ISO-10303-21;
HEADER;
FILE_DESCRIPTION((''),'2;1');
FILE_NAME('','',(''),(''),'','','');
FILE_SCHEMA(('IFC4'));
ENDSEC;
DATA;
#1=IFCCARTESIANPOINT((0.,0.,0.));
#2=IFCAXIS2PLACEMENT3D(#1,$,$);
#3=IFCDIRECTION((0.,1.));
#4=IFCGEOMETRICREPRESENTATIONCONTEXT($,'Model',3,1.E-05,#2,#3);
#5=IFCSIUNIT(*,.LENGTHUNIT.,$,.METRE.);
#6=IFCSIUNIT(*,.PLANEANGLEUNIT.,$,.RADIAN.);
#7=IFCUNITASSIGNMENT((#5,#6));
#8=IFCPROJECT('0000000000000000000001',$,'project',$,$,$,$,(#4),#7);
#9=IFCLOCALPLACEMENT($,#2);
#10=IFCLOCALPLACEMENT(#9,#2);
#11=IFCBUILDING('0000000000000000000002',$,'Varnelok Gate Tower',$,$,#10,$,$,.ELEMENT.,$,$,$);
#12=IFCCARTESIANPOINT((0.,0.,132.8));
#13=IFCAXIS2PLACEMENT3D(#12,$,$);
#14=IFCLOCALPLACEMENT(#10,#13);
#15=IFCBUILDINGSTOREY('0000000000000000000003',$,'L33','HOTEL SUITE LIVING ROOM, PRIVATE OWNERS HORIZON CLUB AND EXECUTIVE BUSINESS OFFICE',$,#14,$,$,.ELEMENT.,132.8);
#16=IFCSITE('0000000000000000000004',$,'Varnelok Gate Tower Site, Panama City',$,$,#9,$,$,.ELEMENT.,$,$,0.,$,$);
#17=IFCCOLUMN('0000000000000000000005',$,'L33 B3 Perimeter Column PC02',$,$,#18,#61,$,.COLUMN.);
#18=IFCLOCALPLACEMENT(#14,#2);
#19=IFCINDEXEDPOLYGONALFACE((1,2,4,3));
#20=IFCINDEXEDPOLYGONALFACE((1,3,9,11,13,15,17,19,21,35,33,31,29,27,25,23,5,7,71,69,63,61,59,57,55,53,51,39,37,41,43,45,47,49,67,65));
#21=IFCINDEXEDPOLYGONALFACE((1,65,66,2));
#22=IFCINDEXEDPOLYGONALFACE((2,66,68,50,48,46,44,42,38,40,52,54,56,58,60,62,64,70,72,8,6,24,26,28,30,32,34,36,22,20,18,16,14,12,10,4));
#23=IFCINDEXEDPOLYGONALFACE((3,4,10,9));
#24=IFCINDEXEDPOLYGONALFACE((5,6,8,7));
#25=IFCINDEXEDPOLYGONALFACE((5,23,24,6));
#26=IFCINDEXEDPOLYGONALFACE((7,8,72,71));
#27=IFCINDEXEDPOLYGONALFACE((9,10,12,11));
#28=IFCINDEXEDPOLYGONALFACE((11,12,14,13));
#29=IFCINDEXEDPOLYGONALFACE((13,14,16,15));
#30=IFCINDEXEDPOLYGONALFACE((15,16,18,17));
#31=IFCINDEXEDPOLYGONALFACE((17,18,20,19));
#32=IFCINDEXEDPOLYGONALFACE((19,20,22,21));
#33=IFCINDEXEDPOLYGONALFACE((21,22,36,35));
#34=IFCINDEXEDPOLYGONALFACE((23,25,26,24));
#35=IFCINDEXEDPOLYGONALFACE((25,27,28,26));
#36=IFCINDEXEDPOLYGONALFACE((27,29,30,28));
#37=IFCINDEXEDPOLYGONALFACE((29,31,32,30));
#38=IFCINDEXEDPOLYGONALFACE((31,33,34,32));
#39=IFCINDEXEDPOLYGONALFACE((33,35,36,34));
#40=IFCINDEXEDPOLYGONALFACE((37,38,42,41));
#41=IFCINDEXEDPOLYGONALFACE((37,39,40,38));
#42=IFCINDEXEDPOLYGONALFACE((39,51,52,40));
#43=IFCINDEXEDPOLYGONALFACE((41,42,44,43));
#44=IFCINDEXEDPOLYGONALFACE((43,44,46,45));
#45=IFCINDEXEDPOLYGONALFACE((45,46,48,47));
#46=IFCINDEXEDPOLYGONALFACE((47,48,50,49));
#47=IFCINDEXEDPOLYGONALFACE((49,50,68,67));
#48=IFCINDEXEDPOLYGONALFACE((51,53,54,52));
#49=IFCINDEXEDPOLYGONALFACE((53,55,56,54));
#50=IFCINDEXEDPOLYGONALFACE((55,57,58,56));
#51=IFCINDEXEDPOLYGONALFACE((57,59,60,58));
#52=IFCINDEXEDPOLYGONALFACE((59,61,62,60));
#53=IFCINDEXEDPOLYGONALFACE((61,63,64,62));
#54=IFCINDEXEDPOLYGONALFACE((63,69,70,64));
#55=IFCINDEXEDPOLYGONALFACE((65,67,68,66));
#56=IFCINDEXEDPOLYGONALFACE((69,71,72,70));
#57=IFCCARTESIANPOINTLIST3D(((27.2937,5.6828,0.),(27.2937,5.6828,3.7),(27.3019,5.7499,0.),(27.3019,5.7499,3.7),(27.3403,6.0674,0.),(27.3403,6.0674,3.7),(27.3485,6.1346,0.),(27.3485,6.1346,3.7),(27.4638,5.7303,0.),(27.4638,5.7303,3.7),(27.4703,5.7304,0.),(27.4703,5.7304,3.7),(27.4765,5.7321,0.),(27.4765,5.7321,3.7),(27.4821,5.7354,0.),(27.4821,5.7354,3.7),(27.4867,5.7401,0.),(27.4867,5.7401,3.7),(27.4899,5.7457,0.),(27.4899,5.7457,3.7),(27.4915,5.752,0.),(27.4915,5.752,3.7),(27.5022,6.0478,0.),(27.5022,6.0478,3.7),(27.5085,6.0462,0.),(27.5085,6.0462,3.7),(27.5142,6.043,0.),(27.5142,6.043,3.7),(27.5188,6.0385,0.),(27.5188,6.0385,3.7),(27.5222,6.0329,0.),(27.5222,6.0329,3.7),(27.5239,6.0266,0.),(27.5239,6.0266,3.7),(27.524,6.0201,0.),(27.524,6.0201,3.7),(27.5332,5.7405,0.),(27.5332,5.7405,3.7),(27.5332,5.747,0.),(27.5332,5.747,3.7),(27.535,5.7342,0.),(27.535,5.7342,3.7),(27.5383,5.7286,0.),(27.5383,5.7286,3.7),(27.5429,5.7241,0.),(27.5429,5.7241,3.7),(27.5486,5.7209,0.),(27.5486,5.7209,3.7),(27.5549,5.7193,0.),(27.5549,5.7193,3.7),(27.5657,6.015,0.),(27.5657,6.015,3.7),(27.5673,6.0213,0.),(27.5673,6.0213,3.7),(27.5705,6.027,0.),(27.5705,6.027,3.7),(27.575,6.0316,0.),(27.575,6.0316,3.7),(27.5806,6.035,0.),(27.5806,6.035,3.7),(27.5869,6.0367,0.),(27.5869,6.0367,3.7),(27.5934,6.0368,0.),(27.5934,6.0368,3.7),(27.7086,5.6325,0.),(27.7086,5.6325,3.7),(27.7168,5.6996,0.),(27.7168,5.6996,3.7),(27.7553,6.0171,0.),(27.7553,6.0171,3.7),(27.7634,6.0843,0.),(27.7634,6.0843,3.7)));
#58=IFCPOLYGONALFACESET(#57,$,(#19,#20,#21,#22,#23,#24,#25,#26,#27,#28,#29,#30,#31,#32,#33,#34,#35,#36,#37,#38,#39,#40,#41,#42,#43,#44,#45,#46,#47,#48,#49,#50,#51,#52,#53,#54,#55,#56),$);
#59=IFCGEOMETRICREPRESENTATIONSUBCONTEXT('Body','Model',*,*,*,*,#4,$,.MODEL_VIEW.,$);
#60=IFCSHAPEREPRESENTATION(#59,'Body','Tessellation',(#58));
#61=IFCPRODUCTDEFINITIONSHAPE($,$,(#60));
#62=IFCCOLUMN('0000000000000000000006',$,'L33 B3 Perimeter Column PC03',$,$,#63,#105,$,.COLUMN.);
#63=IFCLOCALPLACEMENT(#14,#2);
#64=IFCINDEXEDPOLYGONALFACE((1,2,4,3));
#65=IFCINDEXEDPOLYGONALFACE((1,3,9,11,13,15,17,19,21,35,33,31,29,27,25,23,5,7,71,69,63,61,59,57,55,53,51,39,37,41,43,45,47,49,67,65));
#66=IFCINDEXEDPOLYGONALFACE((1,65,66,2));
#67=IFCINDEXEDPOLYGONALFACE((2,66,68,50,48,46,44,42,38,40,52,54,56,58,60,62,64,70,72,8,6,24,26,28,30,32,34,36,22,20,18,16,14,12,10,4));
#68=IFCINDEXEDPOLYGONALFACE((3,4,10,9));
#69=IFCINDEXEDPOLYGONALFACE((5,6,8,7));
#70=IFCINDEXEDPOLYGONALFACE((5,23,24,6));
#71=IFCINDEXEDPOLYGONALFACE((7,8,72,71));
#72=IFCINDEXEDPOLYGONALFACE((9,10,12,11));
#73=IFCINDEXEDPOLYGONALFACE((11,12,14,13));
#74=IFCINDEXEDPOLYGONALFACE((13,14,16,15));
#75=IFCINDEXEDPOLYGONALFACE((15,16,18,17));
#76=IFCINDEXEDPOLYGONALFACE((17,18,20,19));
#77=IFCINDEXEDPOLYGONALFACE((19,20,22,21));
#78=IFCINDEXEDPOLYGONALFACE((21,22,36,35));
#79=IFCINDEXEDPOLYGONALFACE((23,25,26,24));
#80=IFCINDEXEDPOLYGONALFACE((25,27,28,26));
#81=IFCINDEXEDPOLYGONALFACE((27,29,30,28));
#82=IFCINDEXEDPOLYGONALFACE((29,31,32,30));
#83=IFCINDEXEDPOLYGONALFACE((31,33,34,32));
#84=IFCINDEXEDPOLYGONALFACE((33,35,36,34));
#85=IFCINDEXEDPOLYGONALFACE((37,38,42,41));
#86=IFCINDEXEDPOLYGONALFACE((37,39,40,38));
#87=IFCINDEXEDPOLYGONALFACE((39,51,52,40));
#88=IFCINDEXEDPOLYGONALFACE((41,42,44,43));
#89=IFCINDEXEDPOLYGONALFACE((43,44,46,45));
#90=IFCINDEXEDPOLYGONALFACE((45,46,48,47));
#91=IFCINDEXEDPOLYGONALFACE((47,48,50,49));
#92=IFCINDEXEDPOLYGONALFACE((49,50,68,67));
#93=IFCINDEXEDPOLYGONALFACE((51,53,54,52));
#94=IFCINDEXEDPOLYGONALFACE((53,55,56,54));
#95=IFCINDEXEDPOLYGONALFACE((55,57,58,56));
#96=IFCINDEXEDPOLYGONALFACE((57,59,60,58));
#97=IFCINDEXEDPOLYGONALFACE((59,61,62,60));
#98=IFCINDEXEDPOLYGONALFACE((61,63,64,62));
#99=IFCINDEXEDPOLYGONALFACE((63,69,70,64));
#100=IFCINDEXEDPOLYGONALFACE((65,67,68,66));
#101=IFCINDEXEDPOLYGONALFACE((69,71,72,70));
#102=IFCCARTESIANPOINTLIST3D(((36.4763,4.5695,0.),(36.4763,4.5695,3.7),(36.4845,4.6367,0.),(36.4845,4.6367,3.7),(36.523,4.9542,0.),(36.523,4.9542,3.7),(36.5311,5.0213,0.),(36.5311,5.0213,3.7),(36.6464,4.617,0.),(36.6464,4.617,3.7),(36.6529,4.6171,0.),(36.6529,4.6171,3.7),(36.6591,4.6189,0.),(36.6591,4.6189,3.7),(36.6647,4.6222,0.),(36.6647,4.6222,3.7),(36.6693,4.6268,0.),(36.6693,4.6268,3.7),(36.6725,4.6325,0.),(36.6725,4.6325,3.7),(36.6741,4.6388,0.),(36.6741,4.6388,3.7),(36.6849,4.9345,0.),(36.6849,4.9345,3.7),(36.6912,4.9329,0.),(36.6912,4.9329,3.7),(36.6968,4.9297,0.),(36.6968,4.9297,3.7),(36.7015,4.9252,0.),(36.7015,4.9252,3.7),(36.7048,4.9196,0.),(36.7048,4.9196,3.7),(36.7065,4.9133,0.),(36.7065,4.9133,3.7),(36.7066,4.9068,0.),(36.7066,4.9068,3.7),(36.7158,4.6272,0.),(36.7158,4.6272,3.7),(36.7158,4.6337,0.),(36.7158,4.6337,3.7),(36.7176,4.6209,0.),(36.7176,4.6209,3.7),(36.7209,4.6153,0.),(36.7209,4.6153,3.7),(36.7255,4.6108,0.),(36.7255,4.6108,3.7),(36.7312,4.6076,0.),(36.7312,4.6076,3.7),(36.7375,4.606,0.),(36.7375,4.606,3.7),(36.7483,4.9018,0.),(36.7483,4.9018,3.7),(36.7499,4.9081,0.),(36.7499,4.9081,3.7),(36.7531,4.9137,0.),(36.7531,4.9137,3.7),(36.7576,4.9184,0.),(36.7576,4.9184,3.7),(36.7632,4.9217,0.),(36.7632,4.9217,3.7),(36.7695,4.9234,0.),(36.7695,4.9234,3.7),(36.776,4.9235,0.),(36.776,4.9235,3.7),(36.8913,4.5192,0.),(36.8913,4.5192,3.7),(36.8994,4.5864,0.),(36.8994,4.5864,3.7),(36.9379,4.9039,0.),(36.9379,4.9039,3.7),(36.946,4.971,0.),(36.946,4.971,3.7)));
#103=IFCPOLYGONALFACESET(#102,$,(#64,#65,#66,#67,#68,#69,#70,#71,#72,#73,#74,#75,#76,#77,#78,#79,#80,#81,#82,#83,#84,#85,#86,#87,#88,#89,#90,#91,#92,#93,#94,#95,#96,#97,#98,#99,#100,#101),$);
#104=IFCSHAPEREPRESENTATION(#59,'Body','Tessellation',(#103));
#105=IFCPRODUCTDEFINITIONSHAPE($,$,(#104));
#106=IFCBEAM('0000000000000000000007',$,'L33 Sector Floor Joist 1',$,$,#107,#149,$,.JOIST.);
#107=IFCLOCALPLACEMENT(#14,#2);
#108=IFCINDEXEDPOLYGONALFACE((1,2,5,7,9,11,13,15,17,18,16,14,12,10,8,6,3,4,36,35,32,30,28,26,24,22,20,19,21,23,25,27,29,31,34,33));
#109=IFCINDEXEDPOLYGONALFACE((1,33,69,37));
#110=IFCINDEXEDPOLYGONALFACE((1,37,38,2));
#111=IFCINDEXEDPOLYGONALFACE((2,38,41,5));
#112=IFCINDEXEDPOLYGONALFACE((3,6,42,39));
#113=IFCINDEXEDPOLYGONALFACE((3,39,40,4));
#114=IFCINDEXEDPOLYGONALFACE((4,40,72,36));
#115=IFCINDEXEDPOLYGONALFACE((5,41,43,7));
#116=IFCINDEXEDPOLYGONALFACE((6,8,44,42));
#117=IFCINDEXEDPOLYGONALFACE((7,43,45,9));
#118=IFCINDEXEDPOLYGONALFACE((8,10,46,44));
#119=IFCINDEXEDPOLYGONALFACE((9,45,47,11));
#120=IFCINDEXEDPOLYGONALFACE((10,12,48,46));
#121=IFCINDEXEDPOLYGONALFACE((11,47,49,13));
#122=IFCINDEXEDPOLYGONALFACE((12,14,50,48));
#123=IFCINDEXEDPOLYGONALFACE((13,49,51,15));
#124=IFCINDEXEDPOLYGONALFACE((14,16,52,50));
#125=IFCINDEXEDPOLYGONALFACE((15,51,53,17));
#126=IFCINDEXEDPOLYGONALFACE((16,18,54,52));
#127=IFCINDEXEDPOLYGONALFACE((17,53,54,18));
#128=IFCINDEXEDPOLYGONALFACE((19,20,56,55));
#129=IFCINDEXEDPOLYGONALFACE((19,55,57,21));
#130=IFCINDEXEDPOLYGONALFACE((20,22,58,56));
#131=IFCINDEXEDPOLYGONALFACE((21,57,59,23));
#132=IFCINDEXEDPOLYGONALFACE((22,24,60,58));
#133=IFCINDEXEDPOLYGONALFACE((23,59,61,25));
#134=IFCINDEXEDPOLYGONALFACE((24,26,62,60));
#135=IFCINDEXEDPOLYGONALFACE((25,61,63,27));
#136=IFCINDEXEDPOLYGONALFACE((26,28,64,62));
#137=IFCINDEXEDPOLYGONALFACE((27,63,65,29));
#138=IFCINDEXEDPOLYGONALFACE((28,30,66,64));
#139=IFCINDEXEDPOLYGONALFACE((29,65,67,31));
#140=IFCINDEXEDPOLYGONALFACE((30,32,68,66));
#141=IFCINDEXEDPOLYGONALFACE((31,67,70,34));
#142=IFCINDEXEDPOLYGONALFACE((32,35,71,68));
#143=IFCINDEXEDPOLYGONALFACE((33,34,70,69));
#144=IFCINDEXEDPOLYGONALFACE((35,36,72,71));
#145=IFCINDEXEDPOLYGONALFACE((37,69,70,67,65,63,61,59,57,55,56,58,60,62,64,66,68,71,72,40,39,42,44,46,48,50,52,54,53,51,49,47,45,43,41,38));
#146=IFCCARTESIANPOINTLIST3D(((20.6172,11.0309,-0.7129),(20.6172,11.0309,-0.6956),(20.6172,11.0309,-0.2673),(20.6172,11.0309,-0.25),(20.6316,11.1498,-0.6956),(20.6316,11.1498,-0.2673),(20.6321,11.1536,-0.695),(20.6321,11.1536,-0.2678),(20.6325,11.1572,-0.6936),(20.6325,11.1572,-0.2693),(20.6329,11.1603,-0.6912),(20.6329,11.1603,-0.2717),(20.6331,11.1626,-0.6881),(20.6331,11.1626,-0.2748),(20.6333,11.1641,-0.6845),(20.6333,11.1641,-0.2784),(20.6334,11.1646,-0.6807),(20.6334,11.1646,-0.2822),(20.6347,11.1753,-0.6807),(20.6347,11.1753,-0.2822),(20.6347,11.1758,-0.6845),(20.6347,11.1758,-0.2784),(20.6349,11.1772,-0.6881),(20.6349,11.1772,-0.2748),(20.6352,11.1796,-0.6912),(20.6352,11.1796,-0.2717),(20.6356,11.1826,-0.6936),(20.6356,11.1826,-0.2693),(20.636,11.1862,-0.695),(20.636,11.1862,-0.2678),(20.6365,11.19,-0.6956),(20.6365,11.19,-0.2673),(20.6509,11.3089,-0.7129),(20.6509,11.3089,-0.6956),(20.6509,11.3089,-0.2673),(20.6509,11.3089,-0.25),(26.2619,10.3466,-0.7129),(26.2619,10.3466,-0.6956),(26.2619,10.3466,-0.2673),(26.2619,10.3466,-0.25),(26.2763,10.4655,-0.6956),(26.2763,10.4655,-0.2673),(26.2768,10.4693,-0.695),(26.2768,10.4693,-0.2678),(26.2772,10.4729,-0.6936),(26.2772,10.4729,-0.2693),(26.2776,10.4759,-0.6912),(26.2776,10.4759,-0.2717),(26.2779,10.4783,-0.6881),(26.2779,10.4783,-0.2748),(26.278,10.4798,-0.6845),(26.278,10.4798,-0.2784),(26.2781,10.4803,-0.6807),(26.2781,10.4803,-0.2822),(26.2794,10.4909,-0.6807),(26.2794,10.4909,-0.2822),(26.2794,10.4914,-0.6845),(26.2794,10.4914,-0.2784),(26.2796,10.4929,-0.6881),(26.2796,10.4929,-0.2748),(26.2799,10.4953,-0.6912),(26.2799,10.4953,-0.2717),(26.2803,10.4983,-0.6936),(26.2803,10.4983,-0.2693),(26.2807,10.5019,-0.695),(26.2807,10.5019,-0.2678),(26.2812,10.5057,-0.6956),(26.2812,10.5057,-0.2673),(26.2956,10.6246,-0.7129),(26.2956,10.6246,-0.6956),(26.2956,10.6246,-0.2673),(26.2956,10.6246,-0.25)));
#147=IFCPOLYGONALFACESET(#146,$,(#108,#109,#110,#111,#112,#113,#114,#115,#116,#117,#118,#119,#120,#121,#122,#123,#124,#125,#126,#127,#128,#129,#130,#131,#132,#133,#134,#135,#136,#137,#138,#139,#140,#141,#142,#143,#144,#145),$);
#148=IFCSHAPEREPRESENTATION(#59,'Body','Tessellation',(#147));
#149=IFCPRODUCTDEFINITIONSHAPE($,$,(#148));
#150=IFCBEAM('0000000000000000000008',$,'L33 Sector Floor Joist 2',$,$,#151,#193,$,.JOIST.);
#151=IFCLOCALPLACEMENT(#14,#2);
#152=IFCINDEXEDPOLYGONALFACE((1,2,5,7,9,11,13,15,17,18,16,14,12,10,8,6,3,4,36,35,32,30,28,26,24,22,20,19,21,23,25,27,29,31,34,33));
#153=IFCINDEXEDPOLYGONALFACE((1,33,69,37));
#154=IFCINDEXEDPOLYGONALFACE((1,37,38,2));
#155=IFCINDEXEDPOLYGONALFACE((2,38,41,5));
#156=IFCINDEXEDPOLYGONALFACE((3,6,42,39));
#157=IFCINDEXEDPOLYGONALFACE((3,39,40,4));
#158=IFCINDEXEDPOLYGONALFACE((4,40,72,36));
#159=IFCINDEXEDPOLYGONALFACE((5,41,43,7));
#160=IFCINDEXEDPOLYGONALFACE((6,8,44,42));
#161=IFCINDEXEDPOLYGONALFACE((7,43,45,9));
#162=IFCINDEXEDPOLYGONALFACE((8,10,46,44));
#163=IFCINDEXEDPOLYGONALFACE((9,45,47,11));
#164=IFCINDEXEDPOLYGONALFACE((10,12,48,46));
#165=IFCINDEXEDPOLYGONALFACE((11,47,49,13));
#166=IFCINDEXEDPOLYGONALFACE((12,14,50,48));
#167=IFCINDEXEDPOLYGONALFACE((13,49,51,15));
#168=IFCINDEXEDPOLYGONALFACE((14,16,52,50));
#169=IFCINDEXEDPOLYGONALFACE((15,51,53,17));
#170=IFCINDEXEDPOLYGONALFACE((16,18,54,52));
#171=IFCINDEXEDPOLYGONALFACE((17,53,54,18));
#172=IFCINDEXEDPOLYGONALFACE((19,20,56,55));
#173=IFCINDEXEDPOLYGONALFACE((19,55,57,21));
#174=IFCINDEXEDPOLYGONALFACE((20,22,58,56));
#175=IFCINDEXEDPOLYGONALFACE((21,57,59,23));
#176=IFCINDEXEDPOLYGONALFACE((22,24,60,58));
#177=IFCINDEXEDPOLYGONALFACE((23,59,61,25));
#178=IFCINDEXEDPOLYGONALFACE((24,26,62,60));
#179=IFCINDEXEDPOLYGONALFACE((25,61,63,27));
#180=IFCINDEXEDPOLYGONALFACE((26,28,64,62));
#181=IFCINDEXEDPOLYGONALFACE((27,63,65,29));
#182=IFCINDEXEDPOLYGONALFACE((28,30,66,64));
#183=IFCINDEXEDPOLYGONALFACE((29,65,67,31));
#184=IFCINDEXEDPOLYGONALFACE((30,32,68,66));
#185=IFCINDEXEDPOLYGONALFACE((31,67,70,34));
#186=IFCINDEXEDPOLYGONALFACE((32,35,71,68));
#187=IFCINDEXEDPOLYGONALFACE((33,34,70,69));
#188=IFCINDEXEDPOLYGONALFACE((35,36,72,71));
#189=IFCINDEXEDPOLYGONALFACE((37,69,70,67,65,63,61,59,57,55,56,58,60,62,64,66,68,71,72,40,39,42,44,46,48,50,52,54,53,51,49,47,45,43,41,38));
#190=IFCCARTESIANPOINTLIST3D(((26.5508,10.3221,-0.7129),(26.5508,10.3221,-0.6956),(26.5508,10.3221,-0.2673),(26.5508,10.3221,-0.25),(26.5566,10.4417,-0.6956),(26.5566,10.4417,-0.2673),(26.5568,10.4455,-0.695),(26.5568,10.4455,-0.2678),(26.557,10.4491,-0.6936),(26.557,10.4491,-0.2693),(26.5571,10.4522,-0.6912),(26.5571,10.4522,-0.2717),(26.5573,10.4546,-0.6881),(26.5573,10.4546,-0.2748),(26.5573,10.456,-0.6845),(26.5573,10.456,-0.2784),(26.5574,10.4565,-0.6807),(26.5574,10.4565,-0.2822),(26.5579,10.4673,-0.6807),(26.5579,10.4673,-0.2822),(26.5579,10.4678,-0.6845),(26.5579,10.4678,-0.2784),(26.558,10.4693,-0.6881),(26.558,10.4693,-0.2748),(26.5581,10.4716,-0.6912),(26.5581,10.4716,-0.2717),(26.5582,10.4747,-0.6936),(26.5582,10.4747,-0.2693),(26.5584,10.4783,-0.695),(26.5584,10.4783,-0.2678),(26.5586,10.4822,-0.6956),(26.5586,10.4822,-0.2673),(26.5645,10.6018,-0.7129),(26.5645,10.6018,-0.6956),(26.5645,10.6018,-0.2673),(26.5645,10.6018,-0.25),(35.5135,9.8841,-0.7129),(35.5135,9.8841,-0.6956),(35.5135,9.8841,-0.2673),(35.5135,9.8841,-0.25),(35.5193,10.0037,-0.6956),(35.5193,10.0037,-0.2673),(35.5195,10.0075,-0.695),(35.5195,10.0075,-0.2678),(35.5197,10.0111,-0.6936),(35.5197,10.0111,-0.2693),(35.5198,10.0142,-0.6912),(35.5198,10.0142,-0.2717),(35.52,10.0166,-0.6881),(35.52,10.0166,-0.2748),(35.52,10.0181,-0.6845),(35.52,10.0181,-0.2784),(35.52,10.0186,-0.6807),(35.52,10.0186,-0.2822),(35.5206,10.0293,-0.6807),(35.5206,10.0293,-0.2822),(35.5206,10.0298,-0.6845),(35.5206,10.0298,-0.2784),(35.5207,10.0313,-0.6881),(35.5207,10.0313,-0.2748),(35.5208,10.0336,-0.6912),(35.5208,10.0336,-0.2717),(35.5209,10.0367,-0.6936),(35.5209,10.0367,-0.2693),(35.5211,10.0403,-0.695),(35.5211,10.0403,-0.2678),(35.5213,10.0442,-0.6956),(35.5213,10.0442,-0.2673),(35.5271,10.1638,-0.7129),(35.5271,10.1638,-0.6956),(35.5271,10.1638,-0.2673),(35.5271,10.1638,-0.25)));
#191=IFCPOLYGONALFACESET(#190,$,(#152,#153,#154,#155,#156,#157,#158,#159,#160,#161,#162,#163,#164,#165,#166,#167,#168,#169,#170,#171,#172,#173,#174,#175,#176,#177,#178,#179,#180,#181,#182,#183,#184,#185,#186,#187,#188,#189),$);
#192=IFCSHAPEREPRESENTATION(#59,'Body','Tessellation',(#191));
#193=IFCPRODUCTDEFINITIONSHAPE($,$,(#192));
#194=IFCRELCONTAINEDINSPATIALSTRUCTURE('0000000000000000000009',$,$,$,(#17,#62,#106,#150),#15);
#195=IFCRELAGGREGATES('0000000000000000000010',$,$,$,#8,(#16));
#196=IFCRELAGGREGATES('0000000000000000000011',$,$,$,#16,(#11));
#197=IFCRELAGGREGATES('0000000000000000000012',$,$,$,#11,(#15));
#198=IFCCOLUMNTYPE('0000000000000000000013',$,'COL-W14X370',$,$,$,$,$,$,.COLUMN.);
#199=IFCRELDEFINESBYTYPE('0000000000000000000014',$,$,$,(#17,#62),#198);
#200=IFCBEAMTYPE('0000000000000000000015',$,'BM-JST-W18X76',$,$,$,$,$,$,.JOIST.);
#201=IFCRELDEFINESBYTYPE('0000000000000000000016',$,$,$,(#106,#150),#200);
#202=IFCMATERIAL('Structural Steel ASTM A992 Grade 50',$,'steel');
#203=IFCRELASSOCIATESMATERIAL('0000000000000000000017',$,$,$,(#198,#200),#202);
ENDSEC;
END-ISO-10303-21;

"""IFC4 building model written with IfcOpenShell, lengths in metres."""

from ifc_helpers import new_model, si_unit, direction, frame, origin, origin_2d, place, context, subcontext, project, spatial, i_section, extrude, material, material_profile, profile_set, type_object, element, save


model = new_model("IFC4")

# Units and contexts
model_context = context("Model", 3, precision=1e-05, world=origin(), true_north=direction((0.0, 1.0)))
body_context = subcontext(model_context, "Body", "Model", "MODEL_VIEW")
ifc_project = project(units=[si_unit("LENGTHUNIT", "METRE"), si_unit("PLANEANGLEUNIT", "RADIAN")], contexts=[model_context])

# Site, building, storey
site_placement = place(None, origin())
site = spatial("IfcSite", under=ifc_project, at=site_placement, Name="Varnelok Gate Tower Site, Panama City", CompositionType="ELEMENT", RefElevation=0.0)
building_placement = place(site_placement, origin())
building = spatial("IfcBuilding", under=site, at=building_placement, Name="Varnelok Gate Tower", CompositionType="ELEMENT")
storey_placement = place(building_placement, frame((0.0, 0.0, 132.8)))
storey = spatial("IfcBuildingStorey", under=building, at=storey_placement, Name="L33", Description="HOTEL SUITE LIVING ROOM, PRIVATE OWNERS HORIZON CLUB AND EXECUTIVE BUSINESS OFFICE", CompositionType="ELEMENT", Elevation=132.8)

# Columns
ifc_material_1 = material(Name="Structural Steel ASTM A992 Grade 50", Category="steel")
ifc_material_profile_1 = material_profile(ifc_material_1, i_section(OverallWidth=0.418, OverallDepth=0.4551, WebThickness=0.042, FlangeThickness=0.0676, FilletRadius=0.0249, at=origin_2d()), Name="W14X370")
ifc_profile_set_1 = profile_set([ifc_material_profile_1], Name="Structural Steel ASTM A992 Grade 50")
column_type = type_object("IfcColumnType", Name="COL-W14X370", PredefinedType="COLUMN", material=ifc_profile_set_1)
for number, where, z_axis, x_axis, name in (
    (1, (27.5286, 5.8835, 0.0), (0.0, 0.0, 1.0), (0.992732, -0.120345, 0.0), "L33 B3 Perimeter Column PC02"),
    (2, (36.7112, 4.7703, 0.0), (0.0, 0.0, 1.0), (0.992732, -0.120345, 0.0), "L33 B3 Perimeter Column PC03"),
):
    element("IfcColumn", number, at=place(storey_placement, frame(where, z_axis=z_axis, x_axis=x_axis)), inside=storey, type_object=column_type, Name=name, PredefinedType="COLUMN", context=body_context, shape_type="SweptSolid", body=[
        extrude(i_section(OverallWidth=0.418, OverallDepth=0.4551, WebThickness=0.042, FlangeThickness=0.0676, FilletRadius=0.0249, at=origin_2d()), origin(), (0.0, 0.0, 1.0), 3.7),
    ])

# Beams
ifc_material_profile_2 = material_profile(ifc_material_1, i_section(OverallWidth=0.28, OverallDepth=0.4629, WebThickness=0.0107, FlangeThickness=0.0173, FilletRadius=0.0149, at=origin_2d()), Name="W18X76")
ifc_profile_set_2 = profile_set([ifc_material_profile_2], Name="Structural Steel ASTM A992 Grade 50")
beam_type_1 = type_object("IfcBeamType", Name="BM-JST-W18X76", PredefinedType="JOIST", material=ifc_profile_set_2)
beam_1_placement = place(storey_placement, frame((20.634, 11.1699, -0.4814), z_axis=(0.992731, -0.120351, 0.0), x_axis=(0.120351, 0.992731, 0.0)))
element("IfcBeam", 3, at=beam_1_placement, inside=storey, type_object=beam_type_1, Name="L33 Sector Floor Joist 1", PredefinedType="JOIST", context=body_context, shape_type="SweptSolid", body=[
    extrude(i_section(OverallWidth=0.28, OverallDepth=0.4629, WebThickness=0.0107, FlangeThickness=0.0173, FilletRadius=0.0149, at=origin_2d()), origin(), (0.0, 0.0, 1.0), 5.686),
])
beam_2_placement = place(storey_placement, frame((26.5576, 10.4619, -0.4814), z_axis=(0.998808, -0.04881, 0.0), x_axis=(0.04881, 0.998808, 0.0)))
element("IfcBeam", 4, at=beam_2_placement, inside=storey, type_object=beam_type_1, Name="L33 Sector Floor Joist 2", PredefinedType="JOIST", context=body_context, shape_type="SweptSolid", body=[
    extrude(i_section(OverallWidth=0.28, OverallDepth=0.4629, WebThickness=0.0107, FlangeThickness=0.0173, FilletRadius=0.0149, at=origin_2d()), origin(), (0.0, 0.0, 1.0), 8.9734),
])

save(model, "model.ifc")
